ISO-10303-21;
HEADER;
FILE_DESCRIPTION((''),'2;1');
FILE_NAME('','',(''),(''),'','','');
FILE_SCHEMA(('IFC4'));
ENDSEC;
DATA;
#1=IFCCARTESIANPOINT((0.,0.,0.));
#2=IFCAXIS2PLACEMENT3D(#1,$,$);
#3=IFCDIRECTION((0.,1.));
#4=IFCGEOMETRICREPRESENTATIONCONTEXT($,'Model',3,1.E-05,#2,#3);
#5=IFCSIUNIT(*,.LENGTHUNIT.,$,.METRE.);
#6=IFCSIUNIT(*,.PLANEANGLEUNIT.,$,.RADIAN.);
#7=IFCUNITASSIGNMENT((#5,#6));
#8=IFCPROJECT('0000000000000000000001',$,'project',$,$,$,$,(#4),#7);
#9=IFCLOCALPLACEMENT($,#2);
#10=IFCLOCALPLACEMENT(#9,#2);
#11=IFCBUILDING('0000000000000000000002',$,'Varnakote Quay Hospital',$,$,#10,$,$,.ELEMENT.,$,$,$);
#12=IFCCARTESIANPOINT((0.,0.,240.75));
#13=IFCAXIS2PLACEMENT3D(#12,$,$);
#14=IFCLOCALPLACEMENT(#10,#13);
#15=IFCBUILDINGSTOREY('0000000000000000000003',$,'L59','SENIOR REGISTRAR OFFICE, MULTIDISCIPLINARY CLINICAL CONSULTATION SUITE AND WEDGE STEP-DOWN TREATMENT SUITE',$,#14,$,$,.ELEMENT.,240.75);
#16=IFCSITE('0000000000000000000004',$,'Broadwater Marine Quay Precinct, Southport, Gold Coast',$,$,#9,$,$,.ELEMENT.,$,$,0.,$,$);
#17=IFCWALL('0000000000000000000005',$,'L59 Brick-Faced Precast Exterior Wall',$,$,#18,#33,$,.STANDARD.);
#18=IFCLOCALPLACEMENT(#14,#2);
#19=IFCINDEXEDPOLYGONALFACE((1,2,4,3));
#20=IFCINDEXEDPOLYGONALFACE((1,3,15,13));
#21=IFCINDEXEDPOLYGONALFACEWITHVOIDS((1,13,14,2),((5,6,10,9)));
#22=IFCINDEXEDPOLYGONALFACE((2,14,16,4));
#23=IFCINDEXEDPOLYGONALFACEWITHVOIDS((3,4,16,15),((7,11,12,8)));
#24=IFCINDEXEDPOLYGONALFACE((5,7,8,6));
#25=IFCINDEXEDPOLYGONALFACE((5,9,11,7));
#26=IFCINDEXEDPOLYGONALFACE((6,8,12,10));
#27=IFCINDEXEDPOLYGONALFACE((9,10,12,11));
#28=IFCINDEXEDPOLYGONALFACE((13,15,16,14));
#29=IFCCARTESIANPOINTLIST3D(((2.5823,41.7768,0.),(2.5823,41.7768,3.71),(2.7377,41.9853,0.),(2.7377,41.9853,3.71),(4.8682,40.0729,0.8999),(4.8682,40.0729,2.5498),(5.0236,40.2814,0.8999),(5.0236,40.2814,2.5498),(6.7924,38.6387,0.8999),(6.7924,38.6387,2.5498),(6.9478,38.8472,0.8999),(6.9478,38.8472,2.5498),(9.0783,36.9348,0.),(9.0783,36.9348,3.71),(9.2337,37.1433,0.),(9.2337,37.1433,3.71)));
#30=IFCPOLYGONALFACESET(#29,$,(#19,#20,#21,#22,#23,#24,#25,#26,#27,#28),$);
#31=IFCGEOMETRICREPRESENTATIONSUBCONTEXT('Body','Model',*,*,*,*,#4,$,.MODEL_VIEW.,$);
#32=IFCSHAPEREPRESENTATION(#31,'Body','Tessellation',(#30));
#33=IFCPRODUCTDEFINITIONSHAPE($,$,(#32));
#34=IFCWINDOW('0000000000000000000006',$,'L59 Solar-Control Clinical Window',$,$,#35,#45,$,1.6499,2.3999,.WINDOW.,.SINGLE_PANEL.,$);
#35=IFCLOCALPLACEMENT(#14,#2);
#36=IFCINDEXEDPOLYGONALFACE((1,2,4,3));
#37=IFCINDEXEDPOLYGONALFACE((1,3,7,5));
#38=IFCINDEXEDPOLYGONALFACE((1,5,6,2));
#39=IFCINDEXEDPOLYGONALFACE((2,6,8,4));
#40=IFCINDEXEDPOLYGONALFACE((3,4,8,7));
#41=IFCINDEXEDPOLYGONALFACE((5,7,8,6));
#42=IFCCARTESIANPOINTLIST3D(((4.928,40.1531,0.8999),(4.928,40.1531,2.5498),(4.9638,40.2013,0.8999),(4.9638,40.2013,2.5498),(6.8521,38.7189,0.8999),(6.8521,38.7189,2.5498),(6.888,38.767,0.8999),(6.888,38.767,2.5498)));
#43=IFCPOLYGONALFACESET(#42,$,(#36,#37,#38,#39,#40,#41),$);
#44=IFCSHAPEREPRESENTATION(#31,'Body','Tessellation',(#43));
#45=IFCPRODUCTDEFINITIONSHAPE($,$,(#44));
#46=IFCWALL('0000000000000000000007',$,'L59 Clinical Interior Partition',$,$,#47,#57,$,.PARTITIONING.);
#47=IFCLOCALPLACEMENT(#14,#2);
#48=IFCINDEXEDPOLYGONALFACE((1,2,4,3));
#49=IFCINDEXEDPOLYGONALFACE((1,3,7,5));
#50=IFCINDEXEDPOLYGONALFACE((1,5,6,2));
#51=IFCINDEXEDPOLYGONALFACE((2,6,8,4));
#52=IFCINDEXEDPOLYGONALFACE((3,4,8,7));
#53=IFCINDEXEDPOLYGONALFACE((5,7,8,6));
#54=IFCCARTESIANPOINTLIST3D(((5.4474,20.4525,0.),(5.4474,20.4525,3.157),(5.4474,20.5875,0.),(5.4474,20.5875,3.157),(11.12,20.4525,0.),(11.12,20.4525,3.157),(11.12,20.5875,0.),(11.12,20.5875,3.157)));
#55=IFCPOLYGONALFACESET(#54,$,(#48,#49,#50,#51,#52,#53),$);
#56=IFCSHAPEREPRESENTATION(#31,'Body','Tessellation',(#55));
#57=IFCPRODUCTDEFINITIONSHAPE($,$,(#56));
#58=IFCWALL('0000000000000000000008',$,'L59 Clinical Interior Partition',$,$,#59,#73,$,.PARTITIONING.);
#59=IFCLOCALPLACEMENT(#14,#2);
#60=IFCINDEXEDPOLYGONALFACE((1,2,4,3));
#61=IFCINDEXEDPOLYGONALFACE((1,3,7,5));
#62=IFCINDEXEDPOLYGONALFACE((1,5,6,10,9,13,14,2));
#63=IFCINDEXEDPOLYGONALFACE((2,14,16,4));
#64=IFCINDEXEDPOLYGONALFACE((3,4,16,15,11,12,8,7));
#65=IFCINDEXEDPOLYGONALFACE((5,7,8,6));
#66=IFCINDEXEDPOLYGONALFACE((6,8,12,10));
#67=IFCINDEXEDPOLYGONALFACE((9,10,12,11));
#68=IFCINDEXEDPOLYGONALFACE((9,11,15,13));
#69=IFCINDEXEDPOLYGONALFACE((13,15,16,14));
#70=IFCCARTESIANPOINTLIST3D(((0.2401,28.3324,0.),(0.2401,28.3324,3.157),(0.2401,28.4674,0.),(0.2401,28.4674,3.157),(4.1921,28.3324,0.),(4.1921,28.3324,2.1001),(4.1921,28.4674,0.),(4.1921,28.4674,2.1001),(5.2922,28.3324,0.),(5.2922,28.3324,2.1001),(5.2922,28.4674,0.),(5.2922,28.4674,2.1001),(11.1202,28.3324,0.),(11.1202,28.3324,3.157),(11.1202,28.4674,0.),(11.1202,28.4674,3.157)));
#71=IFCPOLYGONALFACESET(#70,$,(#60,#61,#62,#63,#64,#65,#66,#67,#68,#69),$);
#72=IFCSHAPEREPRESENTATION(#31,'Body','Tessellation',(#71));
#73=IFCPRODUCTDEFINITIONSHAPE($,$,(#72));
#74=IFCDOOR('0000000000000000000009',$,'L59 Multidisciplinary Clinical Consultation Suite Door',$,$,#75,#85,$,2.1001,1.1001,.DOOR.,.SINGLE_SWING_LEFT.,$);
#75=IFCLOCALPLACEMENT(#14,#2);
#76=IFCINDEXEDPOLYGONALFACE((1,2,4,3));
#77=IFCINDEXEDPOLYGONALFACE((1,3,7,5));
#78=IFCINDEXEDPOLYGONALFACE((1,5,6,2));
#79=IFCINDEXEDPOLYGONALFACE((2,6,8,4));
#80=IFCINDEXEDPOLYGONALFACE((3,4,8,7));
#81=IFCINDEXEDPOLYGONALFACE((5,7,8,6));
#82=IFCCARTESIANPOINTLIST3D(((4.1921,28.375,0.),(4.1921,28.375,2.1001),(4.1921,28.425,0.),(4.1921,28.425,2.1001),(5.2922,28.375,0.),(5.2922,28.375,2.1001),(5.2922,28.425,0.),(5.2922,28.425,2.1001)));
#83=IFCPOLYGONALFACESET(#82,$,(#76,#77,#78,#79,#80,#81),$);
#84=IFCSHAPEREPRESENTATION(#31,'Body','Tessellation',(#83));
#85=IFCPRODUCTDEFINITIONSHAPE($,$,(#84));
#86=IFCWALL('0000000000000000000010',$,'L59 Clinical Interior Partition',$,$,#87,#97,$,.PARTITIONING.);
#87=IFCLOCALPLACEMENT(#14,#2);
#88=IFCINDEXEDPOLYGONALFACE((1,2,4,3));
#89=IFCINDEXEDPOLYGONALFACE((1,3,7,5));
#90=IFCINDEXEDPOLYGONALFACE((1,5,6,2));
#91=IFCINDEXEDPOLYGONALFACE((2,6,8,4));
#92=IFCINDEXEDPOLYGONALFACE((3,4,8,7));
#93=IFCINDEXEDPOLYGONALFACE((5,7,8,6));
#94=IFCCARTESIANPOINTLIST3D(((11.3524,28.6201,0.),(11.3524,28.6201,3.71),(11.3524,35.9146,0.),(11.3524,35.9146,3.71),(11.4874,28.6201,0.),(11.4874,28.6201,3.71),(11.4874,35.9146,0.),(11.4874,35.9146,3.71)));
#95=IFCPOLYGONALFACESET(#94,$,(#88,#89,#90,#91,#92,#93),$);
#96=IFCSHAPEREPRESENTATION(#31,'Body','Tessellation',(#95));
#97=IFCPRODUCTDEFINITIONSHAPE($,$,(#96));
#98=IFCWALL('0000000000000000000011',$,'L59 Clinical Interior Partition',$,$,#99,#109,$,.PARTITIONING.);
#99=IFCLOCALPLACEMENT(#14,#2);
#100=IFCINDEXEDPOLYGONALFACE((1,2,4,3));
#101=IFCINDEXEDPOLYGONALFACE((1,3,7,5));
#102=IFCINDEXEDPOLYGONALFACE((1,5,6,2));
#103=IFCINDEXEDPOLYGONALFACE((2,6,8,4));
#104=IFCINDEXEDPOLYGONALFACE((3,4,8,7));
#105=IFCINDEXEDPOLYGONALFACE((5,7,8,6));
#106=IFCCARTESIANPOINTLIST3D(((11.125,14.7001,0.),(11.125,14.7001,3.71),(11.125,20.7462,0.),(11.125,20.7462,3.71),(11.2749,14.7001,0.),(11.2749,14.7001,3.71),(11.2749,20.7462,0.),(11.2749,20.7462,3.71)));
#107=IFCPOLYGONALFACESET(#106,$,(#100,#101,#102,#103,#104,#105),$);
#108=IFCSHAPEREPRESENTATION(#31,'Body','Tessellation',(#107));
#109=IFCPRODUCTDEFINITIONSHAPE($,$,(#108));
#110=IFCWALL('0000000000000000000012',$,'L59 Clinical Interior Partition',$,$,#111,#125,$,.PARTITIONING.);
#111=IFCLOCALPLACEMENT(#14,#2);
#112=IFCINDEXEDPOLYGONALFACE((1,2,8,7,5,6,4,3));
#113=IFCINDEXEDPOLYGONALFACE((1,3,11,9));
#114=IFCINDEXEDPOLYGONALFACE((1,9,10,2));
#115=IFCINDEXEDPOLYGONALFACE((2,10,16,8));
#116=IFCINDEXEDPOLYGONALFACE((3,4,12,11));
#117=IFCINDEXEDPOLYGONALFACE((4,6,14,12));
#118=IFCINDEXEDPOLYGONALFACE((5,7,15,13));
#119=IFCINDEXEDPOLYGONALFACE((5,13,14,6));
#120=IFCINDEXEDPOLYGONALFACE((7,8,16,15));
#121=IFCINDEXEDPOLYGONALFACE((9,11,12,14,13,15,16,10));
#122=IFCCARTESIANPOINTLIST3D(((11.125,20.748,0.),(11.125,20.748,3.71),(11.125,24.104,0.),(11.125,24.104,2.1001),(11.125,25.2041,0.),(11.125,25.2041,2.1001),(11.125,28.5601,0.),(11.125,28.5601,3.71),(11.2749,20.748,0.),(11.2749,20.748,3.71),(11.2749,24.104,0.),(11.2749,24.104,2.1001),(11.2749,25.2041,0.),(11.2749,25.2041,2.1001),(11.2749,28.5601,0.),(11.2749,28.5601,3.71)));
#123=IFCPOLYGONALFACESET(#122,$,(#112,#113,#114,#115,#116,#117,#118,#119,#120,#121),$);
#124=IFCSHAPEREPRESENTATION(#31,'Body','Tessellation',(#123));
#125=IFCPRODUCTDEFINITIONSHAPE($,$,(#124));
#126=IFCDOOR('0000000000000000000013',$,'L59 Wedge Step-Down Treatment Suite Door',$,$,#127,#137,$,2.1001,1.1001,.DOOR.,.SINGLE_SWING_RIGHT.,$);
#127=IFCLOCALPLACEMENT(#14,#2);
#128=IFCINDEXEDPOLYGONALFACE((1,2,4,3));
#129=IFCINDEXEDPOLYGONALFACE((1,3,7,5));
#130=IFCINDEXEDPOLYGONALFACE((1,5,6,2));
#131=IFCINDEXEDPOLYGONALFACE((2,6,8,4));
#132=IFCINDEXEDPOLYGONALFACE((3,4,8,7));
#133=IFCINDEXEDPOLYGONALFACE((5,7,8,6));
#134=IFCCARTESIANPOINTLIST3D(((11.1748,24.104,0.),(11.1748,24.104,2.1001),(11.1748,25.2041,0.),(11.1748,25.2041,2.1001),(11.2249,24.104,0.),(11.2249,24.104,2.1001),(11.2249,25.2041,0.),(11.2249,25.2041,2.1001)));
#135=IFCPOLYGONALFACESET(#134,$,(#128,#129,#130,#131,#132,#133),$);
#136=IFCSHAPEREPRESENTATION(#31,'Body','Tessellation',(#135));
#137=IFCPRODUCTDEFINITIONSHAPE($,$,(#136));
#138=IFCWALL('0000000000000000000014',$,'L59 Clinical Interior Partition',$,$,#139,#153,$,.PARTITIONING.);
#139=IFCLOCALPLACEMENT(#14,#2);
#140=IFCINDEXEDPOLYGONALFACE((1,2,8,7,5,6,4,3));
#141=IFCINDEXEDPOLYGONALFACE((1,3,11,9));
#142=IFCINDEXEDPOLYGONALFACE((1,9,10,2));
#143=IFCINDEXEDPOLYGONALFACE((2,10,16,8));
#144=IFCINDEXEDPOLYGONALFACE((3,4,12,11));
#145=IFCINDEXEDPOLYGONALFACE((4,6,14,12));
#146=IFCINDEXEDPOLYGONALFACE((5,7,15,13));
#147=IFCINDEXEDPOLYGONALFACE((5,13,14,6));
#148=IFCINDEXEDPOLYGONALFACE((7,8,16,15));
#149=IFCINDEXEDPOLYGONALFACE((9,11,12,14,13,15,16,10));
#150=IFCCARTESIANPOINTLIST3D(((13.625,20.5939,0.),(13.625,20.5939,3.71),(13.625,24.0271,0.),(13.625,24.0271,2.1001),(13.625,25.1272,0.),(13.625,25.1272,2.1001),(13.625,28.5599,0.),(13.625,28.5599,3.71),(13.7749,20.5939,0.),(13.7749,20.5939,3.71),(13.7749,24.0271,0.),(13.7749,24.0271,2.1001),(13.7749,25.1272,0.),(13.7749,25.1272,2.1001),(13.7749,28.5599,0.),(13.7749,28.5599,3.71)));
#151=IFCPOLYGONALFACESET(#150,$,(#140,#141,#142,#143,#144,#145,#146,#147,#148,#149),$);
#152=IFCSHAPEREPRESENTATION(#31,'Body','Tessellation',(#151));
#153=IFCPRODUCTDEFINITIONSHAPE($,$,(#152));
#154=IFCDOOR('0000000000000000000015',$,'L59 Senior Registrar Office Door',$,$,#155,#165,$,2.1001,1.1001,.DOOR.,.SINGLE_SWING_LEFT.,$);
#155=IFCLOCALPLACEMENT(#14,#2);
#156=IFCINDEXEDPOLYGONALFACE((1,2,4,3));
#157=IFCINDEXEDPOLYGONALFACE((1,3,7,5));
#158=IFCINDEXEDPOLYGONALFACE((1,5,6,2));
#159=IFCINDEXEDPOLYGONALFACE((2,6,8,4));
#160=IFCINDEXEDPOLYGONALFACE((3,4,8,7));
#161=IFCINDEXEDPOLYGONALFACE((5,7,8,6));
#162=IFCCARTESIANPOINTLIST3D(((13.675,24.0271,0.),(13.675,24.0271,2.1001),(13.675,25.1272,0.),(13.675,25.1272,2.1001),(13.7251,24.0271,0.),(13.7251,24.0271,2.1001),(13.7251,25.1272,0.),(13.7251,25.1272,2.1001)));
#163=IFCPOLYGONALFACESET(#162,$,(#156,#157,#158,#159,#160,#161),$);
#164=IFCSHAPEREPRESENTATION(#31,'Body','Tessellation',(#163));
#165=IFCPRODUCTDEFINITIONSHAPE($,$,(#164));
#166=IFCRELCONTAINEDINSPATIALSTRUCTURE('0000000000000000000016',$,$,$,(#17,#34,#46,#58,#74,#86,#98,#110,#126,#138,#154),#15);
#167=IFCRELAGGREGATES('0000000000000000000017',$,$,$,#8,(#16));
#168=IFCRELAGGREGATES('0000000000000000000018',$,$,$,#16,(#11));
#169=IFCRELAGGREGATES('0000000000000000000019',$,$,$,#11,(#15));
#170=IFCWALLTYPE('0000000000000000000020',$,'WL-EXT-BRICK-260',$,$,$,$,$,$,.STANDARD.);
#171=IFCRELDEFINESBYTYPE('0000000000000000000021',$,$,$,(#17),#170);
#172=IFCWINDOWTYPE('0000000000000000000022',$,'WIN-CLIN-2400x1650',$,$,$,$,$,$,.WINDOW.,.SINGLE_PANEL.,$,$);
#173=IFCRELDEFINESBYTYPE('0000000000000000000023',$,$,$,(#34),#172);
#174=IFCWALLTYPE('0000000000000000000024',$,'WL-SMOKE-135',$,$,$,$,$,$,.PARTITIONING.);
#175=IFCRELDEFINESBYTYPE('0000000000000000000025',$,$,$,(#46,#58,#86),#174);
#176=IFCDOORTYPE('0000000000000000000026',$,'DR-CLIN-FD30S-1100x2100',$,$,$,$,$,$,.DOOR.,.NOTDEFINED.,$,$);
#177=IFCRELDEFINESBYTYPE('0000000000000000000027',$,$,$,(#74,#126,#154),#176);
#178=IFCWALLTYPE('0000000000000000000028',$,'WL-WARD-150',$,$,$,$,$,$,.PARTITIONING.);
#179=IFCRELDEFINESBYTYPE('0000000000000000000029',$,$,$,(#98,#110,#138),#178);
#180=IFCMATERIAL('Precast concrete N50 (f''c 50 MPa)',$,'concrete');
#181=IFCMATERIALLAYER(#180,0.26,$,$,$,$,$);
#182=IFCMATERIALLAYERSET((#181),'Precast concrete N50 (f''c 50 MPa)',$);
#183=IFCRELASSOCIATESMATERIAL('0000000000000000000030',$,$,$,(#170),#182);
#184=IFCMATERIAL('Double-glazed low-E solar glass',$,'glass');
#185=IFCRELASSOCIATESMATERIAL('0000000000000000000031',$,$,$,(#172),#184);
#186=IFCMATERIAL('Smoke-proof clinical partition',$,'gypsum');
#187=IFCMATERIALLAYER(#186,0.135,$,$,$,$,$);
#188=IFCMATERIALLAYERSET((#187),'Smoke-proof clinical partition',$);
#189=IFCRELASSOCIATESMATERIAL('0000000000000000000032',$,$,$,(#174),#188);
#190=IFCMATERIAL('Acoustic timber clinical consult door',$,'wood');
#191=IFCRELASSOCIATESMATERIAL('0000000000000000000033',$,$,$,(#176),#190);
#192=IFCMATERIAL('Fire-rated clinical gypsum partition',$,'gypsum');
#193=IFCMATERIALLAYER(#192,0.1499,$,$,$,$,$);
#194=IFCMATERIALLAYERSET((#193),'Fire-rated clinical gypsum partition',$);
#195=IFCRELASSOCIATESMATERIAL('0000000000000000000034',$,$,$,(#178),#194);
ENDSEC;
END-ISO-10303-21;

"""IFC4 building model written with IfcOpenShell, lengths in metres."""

from ifc_helpers import new_model, si_unit, direction, frame, frame_2d, origin, place, context, subcontext, project, spatial, rectangle, extrude, material, layer, layer_set, type_object, element, fill, save


model = new_model("IFC4")

# Units and contexts
model_context = context("Model", 3, precision=1e-05, world=origin(), true_north=direction((0.0, 1.0)))
body_context = subcontext(model_context, "Body", "Model", "MODEL_VIEW")
ifc_project = project(units=[si_unit("LENGTHUNIT", "METRE"), si_unit("PLANEANGLEUNIT", "RADIAN")], contexts=[model_context])

# Site, building, storey
site_placement = place(None, origin())
site = spatial("IfcSite", under=ifc_project, at=site_placement, Name="Broadwater Marine Quay Precinct, Southport, Gold Coast", CompositionType="ELEMENT", RefElevation=0.0)
building_placement = place(site_placement, origin())
building = spatial("IfcBuilding", under=site, at=building_placement, Name="Varnakote Quay Hospital", CompositionType="ELEMENT")
storey_placement = place(building_placement, frame((0.0, 0.0, 240.75)))
storey = spatial("IfcBuildingStorey", under=building, at=storey_placement, Name="L59", Description="SENIOR REGISTRAR OFFICE, MULTIDISCIPLINARY CLINICAL CONSULTATION SUITE AND WEDGE STEP-DOWN TREATMENT SUITE", CompositionType="ELEMENT", Elevation=240.75)

# Wall, opening, window
ifc_material_1 = material(Name="Precast concrete N50 (f'c 50 MPa)", Category="concrete")
ifc_layer_1 = layer(ifc_material_1, 0.26)
ifc_layer_set_1 = layer_set([ifc_layer_1], Name="Precast concrete N50 (f'c 50 MPa)")
wall_type_1 = type_object("IfcWallType", Name="WL-EXT-BRICK-260", PredefinedType="STANDARD", material=ifc_layer_set_1)
ifc_material_2 = material(Name="Double-glazed low-E solar glass", Category="glass")
window_type = type_object("IfcWindowType", Name="WIN-CLIN-2400x1650", PartitioningType="SINGLE_PANEL", PredefinedType="WINDOW", material=ifc_material_2)
wall_1_placement = place(storey_placement, frame((9.156, 37.0391, 0.0), z_axis=(0.0, 0.0, 1.0), x_axis=(-0.801776, 0.597625, 0.0)))
wall_1 = element("IfcWall", 1, at=wall_1_placement, inside=storey, type_object=wall_type_1, Name="L59 Brick-Faced Precast Exterior Wall", PredefinedType="STANDARD", context=body_context, shape_type="SweptSolid", body=[
    extrude(rectangle(XDim=8.1021, YDim=0.26, at=frame_2d((4.051, 0.0))), origin(), (0.0, 0.0, 1.0), 3.71),
])
opening_1_placement = place(wall_1_placement, frame((2.8511, 0.0, 0.8999)))
opening_1 = element("IfcOpeningElement", 2, at=opening_1_placement, cuts=wall_1, PredefinedType="OPENING", context=body_context, shape_type="SweptSolid", body=[
    extrude(rectangle(XDim=2.3999, YDim=1.6499, at=frame_2d((1.2, 0.825))), frame((0.0, 0.1399, 0.0), z_axis=(0.0, -1.0, 0.0), x_axis=(1.0, 0.0, 0.0)), (0.0, 0.0, 1.0), 0.28),
])
window_1_placement = place(opening_1_placement, origin())
window_1 = element("IfcWindow", 3, at=window_1_placement, inside=storey, type_object=window_type, Name="L59 Solar-Control Clinical Window", OverallHeight=1.6499, OverallWidth=2.3999, PartitioningType="SINGLE_PANEL", PredefinedType="WINDOW", context=body_context, shape_type="SweptSolid", body=[
    extrude(rectangle(XDim=2.3999, YDim=1.6499, at=frame_2d((1.2, 0.825))), frame((0.0, 0.03, 0.0), z_axis=(0.0, -1.0, 0.0), x_axis=(1.0, 0.0, 0.0)), (0.0, 0.0, 1.0), 0.0601),
])
fill(opening_1, window_1)

# Wall
ifc_material_3 = material(Name="Smoke-proof clinical partition", Category="gypsum")
ifc_layer_2 = layer(ifc_material_3, 0.135)
ifc_layer_set_2 = layer_set([ifc_layer_2], Name="Smoke-proof clinical partition")
wall_type_2 = type_object("IfcWallType", Name="WL-SMOKE-135", PredefinedType="PARTITIONING", material=ifc_layer_set_2)
wall_2_placement = place(storey_placement, frame((11.1201, 20.52, 0.0), z_axis=(0.0, 0.0, 1.0), x_axis=(-1.0, 0.0, 0.0)))
element("IfcWall", 4, at=wall_2_placement, inside=storey, type_object=wall_type_2, Name="L59 Clinical Interior Partition", PredefinedType="PARTITIONING", context=body_context, shape_type="SweptSolid", body=[
    extrude(rectangle(XDim=5.6726, YDim=0.135, at=frame_2d((2.8364, 0.0))), origin(), (0.0, 0.0, 1.0), 3.157),
])

# Wall, opening, door
wall_3_placement = place(storey_placement, frame((11.1201, 28.3999, 0.0), z_axis=(0.0, 0.0, 1.0), x_axis=(-1.0, 0.0, 0.0)))
wall_3 = element("IfcWall", 5, at=wall_3_placement, inside=storey, type_object=wall_type_2, Name="L59 Clinical Interior Partition", PredefinedType="PARTITIONING", context=body_context, shape_type="SweptSolid", body=[
    extrude(rectangle(XDim=10.8801, YDim=0.135, at=frame_2d((5.4399, 0.0))), origin(), (0.0, 0.0, 1.0), 3.157),
])
opening_2_placement = place(wall_3_placement, frame((5.8279, 0.0, 0.0)))
opening_2 = element("IfcOpeningElement", 6, at=opening_2_placement, cuts=wall_3, PredefinedType="OPENING", context=body_context, shape_type="SweptSolid", body=[
    extrude(rectangle(XDim=1.1001, YDim=2.1001, at=frame_2d((0.55, 1.05))), frame((0.0, 0.0774, 0.0), z_axis=(0.0, -1.0, 0.0), x_axis=(1.0, 0.0, 0.0)), (0.0, 0.0, 1.0), 0.155),
])
ifc_material_4 = material(Name="Acoustic timber clinical consult door", Category="wood")
door_type = type_object("IfcDoorType", Name="DR-CLIN-FD30S-1100x2100", OperationType="NOTDEFINED", PredefinedType="DOOR", material=ifc_material_4)
door_1_placement = place(opening_2_placement, origin())
door_1 = element("IfcDoor", 7, at=door_1_placement, inside=storey, type_object=door_type, Name="L59 Multidisciplinary Clinical Consultation Suite Door", OperationType="SINGLE_SWING_LEFT", OverallHeight=2.1001, OverallWidth=1.1001, PredefinedType="DOOR", context=body_context, shape_type="SweptSolid", body=[
    extrude(rectangle(XDim=1.1001, YDim=2.1001, at=frame_2d((0.55, 1.05))), frame((0.0, 0.0249, 0.0), z_axis=(0.0, -1.0, 0.0), x_axis=(1.0, 0.0, 0.0)), (0.0, 0.0, 1.0), 0.05),
])
fill(opening_2, door_1)

# Walls
wall_4_placement = place(storey_placement, frame((11.4199, 28.6201, 0.0), z_axis=(0.0, 0.0, 1.0), x_axis=(0.0, 1.0, 0.0)))
element("IfcWall", 8, at=wall_4_placement, inside=storey, type_object=wall_type_2, Name="L59 Clinical Interior Partition", PredefinedType="PARTITIONING", context=body_context, shape_type="SweptSolid", body=[
    extrude(rectangle(XDim=7.2944, YDim=0.135, at=frame_2d((3.6472, 0.0))), origin(), (0.0, 0.0, 1.0), 3.71),
])
ifc_material_5 = material(Name="Fire-rated clinical gypsum partition", Category="gypsum")
ifc_layer_3 = layer(ifc_material_5, 0.1499)
ifc_layer_set_3 = layer_set([ifc_layer_3], Name="Fire-rated clinical gypsum partition")
wall_type_3 = type_object("IfcWallType", Name="WL-WARD-150", PredefinedType="PARTITIONING", material=ifc_layer_set_3)
wall_5_placement = place(storey_placement, frame((11.2, 20.7461, 0.0), z_axis=(0.0, 0.0, 1.0), x_axis=(0.0, -1.0, 0.0)))
element("IfcWall", 9, at=wall_5_placement, inside=storey, type_object=wall_type_3, Name="L59 Clinical Interior Partition", PredefinedType="PARTITIONING", context=body_context, shape_type="SweptSolid", body=[
    extrude(rectangle(XDim=6.0461, YDim=0.1499, at=frame_2d((3.0229, 0.0))), origin(), (0.0, 0.0, 1.0), 3.71),
])

# Walls, openings, doors
wall_6_placement = place(storey_placement, frame((11.2, 28.5601, 0.0), z_axis=(0.0, 0.0, 1.0), x_axis=(0.0, -1.0, 0.0)))
wall_6 = element("IfcWall", 10, at=wall_6_placement, inside=storey, type_object=wall_type_3, Name="L59 Clinical Interior Partition", PredefinedType="PARTITIONING", context=body_context, shape_type="SweptSolid", body=[
    extrude(rectangle(XDim=7.812, YDim=0.1499, at=frame_2d((3.906, 0.0))), origin(), (0.0, 0.0, 1.0), 3.71),
])
opening_3_placement = place(wall_6_placement, frame((3.356, 0.0, 0.0)))
opening_3 = element("IfcOpeningElement", 11, at=opening_3_placement, cuts=wall_6, PredefinedType="OPENING", context=body_context, shape_type="SweptSolid", body=[
    extrude(rectangle(XDim=1.1001, YDim=2.1001, at=frame_2d((0.55, 1.05))), frame((0.0, 0.085, 0.0), z_axis=(0.0, -1.0, 0.0), x_axis=(1.0, 0.0, 0.0)), (0.0, 0.0, 1.0), 0.1699),
])
door_2_placement = place(opening_3_placement, origin())
door_2 = element("IfcDoor", 12, at=door_2_placement, inside=storey, type_object=door_type, Name="L59 Wedge Step-Down Treatment Suite Door", OperationType="SINGLE_SWING_RIGHT", OverallHeight=2.1001, OverallWidth=1.1001, PredefinedType="DOOR", context=body_context, shape_type="SweptSolid", body=[
    extrude(rectangle(XDim=1.1001, YDim=2.1001, at=frame_2d((0.55, 1.05))), frame((0.0, 0.0249, 0.0), z_axis=(0.0, -1.0, 0.0), x_axis=(1.0, 0.0, 0.0)), (0.0, 0.0, 1.0), 0.05),
])
fill(opening_3, door_2)
wall_7_placement = place(storey_placement, frame((13.7, 20.594, 0.0), z_axis=(0.0, 0.0, 1.0), x_axis=(0.0, 1.0, 0.0)))
wall_7 = element("IfcWall", 13, at=wall_7_placement, inside=storey, type_object=wall_type_3, Name="L59 Clinical Interior Partition", PredefinedType="PARTITIONING", context=body_context, shape_type="SweptSolid", body=[
    extrude(rectangle(XDim=7.9661, YDim=0.1499, at=frame_2d((3.9829, 0.0))), origin(), (0.0, 0.0, 1.0), 3.71),
])
opening_4_placement = place(wall_7_placement, frame((3.4331, 0.0, 0.0)))
opening_4 = element("IfcOpeningElement", 14, at=opening_4_placement, cuts=wall_7, PredefinedType="OPENING", context=body_context, shape_type="SweptSolid", body=[
    extrude(rectangle(XDim=1.1001, YDim=2.1001, at=frame_2d((0.55, 1.05))), frame((0.0, 0.085, 0.0), z_axis=(0.0, -1.0, 0.0), x_axis=(1.0, 0.0, 0.0)), (0.0, 0.0, 1.0), 0.1699),
])
door_3_placement = place(opening_4_placement, origin())
door_3 = element("IfcDoor", 15, at=door_3_placement, inside=storey, type_object=door_type, Name="L59 Senior Registrar Office Door", OperationType="SINGLE_SWING_LEFT", OverallHeight=2.1001, OverallWidth=1.1001, PredefinedType="DOOR", context=body_context, shape_type="SweptSolid", body=[
    extrude(rectangle(XDim=1.1001, YDim=2.1001, at=frame_2d((0.55, 1.05))), frame((0.0, 0.0249, 0.0), z_axis=(0.0, -1.0, 0.0), x_axis=(1.0, 0.0, 0.0)), (0.0, 0.0, 1.0), 0.05),
])
fill(opening_4, door_3)

save(model, "model.ifc")
